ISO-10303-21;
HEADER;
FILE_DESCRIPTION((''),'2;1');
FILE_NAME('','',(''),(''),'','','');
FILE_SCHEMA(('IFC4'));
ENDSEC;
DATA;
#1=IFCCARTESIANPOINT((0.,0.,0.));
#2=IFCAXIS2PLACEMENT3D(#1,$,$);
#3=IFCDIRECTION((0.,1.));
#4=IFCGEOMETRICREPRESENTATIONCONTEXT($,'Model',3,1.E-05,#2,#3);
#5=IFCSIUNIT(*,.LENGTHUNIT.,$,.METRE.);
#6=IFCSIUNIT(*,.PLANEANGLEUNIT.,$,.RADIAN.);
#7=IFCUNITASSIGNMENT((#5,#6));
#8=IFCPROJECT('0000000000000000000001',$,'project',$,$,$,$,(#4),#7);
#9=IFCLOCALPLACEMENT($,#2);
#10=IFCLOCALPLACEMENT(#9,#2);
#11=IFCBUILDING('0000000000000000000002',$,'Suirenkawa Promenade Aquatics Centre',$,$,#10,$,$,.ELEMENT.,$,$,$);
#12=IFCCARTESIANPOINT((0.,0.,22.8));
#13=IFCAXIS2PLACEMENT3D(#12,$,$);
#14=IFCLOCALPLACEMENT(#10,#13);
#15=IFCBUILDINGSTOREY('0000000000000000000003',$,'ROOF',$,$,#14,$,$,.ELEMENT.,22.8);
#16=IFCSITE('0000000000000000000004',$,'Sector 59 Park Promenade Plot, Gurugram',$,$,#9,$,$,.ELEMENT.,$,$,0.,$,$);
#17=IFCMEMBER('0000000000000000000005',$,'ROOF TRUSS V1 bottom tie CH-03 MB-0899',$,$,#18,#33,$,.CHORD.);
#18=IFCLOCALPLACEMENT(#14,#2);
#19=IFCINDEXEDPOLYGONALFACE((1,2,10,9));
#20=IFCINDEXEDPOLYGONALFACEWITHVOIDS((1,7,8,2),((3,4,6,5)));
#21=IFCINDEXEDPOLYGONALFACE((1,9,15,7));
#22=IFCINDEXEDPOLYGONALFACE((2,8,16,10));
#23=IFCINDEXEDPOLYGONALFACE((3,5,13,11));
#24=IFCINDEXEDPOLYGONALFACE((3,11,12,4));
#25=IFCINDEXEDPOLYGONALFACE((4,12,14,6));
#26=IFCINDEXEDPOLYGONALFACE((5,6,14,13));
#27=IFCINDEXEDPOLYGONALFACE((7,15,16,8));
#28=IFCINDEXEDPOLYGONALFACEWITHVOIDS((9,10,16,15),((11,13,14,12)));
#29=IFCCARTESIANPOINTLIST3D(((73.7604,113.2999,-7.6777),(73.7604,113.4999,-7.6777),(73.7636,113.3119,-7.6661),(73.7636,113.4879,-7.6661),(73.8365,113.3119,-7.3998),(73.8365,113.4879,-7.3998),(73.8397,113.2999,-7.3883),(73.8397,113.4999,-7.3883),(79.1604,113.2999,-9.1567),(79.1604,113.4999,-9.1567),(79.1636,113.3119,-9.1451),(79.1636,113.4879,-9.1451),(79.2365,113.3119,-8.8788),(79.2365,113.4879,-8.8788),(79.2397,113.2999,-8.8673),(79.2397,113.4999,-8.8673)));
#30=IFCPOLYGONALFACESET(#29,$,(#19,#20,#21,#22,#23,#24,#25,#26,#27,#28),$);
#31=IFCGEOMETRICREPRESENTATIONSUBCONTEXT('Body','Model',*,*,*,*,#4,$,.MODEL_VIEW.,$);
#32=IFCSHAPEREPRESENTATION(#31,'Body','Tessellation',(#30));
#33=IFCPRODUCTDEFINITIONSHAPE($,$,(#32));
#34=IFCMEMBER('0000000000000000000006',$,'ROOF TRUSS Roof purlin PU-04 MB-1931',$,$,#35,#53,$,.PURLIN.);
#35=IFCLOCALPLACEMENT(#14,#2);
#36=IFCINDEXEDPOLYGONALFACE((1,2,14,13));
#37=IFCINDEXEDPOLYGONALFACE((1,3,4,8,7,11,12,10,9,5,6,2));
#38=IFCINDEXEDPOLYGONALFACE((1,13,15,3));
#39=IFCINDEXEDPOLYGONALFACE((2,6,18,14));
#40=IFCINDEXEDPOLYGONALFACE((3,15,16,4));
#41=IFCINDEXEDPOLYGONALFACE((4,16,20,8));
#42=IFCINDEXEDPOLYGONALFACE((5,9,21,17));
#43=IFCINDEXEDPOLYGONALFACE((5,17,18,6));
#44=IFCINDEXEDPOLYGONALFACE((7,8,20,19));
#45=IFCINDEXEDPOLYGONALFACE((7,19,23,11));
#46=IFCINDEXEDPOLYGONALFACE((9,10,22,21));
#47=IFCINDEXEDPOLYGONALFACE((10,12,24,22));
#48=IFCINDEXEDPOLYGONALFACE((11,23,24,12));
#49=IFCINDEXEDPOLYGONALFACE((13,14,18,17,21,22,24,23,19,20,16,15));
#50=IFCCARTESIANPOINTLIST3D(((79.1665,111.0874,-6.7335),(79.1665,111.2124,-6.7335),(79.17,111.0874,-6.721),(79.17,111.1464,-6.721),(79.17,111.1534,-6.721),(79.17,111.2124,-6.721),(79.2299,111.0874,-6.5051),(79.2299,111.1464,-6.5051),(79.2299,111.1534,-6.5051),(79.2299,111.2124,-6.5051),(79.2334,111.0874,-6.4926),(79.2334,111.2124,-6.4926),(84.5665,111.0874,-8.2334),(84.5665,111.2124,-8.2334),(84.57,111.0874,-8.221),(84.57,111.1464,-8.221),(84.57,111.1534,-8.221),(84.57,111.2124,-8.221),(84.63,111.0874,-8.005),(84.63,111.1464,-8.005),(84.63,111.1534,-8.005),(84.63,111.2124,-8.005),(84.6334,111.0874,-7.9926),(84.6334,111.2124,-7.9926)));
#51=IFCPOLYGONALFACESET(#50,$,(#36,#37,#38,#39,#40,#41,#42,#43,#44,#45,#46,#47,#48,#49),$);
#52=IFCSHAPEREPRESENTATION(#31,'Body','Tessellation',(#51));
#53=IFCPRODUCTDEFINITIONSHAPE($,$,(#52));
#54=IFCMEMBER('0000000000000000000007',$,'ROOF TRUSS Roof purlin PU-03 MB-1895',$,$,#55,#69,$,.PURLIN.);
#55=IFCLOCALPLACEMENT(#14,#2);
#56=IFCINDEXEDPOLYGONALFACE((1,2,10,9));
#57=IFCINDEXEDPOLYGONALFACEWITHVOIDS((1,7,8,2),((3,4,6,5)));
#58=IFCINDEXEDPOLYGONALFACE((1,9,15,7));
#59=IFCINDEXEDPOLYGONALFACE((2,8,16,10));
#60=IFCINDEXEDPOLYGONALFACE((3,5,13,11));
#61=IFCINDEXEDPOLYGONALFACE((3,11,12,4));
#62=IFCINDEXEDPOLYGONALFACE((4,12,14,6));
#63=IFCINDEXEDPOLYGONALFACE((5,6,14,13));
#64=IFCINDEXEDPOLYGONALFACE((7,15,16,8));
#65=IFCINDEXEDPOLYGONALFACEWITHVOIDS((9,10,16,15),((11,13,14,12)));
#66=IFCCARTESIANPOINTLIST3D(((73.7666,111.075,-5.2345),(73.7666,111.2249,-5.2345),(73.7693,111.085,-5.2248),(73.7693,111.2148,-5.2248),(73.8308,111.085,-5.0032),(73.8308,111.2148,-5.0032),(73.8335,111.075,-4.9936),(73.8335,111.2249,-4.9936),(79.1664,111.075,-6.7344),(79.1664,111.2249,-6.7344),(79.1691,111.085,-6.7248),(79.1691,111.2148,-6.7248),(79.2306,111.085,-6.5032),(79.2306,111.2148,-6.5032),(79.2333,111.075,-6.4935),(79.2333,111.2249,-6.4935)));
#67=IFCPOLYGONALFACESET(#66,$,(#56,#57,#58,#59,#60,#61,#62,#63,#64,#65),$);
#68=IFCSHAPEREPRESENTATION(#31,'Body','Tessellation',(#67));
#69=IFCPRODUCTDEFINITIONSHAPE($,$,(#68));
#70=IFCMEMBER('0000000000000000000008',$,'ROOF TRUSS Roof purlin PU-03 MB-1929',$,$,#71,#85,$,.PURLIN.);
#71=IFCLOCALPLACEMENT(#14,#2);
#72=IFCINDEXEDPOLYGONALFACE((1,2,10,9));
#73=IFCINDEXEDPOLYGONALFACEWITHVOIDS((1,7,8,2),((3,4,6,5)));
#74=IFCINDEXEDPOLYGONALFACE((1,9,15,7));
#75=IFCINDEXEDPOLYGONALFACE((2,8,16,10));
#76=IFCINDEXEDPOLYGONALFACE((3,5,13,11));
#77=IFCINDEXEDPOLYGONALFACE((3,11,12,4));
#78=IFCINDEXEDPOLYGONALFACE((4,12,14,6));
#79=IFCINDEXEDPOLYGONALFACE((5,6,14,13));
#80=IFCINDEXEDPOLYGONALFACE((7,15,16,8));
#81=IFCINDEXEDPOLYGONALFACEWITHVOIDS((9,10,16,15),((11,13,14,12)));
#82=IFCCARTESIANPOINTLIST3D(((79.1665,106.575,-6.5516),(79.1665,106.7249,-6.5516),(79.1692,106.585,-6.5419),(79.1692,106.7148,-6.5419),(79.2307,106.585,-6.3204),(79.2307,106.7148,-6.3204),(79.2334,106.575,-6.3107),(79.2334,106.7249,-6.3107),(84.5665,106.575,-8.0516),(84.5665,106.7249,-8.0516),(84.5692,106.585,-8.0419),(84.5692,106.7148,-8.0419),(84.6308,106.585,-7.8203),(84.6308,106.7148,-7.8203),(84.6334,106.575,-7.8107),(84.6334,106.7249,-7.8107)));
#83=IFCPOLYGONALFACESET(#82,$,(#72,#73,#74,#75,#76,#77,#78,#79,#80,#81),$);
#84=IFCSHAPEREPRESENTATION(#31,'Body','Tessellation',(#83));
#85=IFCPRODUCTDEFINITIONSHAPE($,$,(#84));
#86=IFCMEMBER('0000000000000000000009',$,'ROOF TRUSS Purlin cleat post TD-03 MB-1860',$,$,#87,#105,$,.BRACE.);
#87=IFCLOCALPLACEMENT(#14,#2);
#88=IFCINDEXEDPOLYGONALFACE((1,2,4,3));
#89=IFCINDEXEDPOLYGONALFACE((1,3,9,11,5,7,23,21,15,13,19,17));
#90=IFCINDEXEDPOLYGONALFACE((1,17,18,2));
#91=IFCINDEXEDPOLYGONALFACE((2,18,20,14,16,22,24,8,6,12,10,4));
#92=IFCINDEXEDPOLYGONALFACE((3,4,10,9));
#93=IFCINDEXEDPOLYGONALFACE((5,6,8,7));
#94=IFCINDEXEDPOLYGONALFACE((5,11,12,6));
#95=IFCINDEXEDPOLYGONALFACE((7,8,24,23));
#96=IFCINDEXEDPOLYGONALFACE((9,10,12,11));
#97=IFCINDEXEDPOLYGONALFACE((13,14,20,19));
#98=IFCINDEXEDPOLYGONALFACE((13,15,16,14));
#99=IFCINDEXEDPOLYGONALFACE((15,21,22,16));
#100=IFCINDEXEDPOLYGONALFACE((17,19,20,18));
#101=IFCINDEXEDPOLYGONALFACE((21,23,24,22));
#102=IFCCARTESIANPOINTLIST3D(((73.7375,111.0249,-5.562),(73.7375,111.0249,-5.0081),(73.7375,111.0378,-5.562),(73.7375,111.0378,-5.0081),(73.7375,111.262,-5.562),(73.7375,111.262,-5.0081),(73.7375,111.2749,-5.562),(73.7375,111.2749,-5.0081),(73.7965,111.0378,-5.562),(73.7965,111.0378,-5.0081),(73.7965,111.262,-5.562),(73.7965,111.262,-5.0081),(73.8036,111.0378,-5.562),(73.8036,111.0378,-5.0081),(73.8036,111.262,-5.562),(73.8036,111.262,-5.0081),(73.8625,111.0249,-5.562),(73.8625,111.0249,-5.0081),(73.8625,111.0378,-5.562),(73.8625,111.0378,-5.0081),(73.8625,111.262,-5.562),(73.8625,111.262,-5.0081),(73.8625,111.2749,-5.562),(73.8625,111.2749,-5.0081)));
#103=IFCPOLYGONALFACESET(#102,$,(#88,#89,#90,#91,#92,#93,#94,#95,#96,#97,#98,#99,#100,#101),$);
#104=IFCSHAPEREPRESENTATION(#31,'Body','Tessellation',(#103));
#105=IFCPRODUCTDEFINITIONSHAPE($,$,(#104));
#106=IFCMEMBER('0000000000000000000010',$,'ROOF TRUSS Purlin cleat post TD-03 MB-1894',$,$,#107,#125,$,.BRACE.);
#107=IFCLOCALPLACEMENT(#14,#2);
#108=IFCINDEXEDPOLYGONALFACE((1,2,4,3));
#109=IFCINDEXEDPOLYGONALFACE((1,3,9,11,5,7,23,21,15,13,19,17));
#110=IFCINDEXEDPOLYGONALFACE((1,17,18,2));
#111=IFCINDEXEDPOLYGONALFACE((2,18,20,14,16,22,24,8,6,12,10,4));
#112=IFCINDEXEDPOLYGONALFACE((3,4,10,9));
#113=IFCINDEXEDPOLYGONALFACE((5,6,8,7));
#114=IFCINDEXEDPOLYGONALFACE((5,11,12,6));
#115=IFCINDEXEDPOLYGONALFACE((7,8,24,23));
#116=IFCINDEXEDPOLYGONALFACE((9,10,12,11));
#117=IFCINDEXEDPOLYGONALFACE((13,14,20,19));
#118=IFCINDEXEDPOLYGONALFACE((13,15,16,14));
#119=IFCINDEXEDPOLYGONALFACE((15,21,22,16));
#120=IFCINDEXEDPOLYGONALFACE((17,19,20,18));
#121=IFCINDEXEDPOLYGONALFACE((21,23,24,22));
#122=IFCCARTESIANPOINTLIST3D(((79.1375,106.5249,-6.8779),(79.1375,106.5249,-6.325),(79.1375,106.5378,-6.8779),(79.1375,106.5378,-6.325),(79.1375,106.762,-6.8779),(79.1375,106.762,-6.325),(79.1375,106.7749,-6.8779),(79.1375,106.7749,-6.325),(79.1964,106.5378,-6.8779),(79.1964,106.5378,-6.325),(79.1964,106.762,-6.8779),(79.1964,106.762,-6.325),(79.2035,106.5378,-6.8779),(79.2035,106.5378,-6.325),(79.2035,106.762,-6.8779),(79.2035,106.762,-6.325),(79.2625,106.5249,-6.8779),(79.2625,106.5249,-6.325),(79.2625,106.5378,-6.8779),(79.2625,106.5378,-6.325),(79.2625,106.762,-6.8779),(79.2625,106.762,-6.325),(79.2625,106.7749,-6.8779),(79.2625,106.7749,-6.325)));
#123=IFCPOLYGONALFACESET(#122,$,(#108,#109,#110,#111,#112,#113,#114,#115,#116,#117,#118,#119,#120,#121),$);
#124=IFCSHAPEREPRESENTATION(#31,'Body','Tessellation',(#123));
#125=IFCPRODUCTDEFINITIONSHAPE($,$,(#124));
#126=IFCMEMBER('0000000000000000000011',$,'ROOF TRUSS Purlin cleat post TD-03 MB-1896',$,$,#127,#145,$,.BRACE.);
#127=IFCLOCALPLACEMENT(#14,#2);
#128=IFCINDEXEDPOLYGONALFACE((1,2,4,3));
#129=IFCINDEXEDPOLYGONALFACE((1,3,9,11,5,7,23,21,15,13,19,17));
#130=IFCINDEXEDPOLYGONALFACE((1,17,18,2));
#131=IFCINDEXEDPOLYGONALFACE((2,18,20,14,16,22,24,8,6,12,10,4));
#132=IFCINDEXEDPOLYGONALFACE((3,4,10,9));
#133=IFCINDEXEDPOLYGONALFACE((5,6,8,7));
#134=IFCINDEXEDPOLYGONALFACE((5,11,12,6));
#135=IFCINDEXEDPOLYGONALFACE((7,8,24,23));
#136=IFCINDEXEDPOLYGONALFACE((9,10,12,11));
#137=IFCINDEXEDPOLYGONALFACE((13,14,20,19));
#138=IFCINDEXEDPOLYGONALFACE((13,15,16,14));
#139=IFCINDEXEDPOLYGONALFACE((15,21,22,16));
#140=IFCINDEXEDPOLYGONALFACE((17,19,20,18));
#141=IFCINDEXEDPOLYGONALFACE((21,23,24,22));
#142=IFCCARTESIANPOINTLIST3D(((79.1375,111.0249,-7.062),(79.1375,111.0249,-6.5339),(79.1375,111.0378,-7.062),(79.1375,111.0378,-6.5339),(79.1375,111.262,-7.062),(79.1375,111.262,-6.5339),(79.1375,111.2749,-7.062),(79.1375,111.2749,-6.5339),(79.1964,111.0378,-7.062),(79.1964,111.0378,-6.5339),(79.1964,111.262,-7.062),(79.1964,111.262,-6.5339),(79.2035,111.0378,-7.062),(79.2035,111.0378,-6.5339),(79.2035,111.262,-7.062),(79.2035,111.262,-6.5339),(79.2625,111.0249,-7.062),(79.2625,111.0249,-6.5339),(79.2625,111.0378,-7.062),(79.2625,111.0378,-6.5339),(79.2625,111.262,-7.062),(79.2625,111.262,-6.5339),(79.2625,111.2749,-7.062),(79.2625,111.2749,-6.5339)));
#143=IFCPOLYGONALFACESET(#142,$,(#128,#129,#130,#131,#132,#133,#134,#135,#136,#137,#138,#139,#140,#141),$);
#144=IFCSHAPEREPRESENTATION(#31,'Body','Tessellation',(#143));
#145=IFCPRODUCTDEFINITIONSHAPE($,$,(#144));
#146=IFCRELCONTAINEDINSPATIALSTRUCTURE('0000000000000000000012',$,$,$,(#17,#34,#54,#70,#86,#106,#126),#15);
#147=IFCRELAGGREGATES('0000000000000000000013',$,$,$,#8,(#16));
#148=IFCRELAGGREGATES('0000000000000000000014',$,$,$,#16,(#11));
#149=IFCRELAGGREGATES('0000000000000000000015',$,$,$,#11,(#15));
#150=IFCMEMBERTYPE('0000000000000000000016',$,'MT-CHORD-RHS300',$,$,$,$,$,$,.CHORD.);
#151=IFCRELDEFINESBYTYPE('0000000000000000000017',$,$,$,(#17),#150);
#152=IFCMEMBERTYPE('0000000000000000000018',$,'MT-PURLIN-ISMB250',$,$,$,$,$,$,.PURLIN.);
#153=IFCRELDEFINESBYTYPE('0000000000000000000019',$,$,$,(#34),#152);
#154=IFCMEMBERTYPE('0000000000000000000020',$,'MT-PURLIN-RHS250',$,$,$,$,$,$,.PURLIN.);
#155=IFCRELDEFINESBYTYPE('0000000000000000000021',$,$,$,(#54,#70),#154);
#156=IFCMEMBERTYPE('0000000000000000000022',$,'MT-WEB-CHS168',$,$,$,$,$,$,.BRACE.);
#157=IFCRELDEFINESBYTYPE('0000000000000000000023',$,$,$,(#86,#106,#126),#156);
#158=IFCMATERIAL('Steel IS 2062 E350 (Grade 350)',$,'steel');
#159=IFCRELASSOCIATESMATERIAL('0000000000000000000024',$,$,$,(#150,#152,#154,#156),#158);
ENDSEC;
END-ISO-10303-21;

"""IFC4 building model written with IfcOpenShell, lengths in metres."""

from ifc_helpers import new_model, si_unit, direction, frame, origin, origin_2d, place, context, subcontext, project, spatial, hollow_rectangle, i_section, extrude, material, material_profile, profile_set, type_object, element, save


model = new_model("IFC4")

# Units and contexts
model_context = context("Model", 3, precision=1e-05, world=origin(), true_north=direction((0.0, 1.0)))
body_context = subcontext(model_context, "Body", "Model", "MODEL_VIEW")
ifc_project = project(units=[si_unit("LENGTHUNIT", "METRE"), si_unit("PLANEANGLEUNIT", "RADIAN")], contexts=[model_context])

# Site, building, storey
site_placement = place(None, origin())
site = spatial("IfcSite", under=ifc_project, at=site_placement, Name="Sector 59 Park Promenade Plot, Gurugram", CompositionType="ELEMENT", RefElevation=0.0)
building_placement = place(site_placement, origin())
building = spatial("IfcBuilding", under=site, at=building_placement, Name="Suirenkawa Promenade Aquatics Centre", CompositionType="ELEMENT")
storey_placement = place(building_placement, frame((0.0, 0.0, 22.8)))
storey = spatial("IfcBuildingStorey", under=building, at=storey_placement, Name="ROOF", CompositionType="ELEMENT", Elevation=22.8)

# Shared definitions
ifc_material = material(Name="Steel IS 2062 E350 (Grade 350)", Category="steel")

# Members
ifc_material_profile_1 = material_profile(ifc_material, hollow_rectangle(XDim=0.2, YDim=0.3, WallThickness=0.012, at=origin_2d()), Name="RHS 300x200x12", Category="steel")
ifc_profile_set_1 = profile_set([ifc_material_profile_1], Name="Steel IS 2062 E350 (Grade 350)")
member_type_1 = type_object("IfcMemberType", Name="MT-CHORD-RHS300", PredefinedType="CHORD", material=ifc_profile_set_1)
member_1_placement = place(storey_placement, frame((73.8, 113.3999, -7.533), z_axis=(0.964477, 0.0, -0.264165), x_axis=(0.0, 1.0, 0.0)))
element("IfcMember", 1, at=member_1_placement, inside=storey, type_object=member_type_1, Name="ROOF TRUSS V1 bottom tie CH-03 MB-0899", PredefinedType="CHORD", context=body_context, shape_type="SweptSolid", body=[
    extrude(hollow_rectangle(XDim=0.2, YDim=0.3, WallThickness=0.012, at=origin_2d()), origin(), (0.0, 0.0, 1.0), 5.5989),
])
ifc_material_profile_2 = material_profile(ifc_material, i_section(OverallWidth=0.125, OverallDepth=0.25, WebThickness=0.0071, FlangeThickness=0.0129, at=origin_2d()), Name="ISMB 250", Category="steel")
ifc_profile_set_2 = profile_set([ifc_material_profile_2], Name="Steel IS 2062 E350 (Grade 350)")
member_type_2 = type_object("IfcMemberType", Name="MT-PURLIN-ISMB250", PredefinedType="PURLIN", material=ifc_profile_set_2)
member_2_placement = place(storey_placement, frame((79.2, 111.1499, -6.613), z_axis=(0.96352, 0.0, -0.267637), x_axis=(0.0, 1.0, 0.0)))
element("IfcMember", 2, at=member_2_placement, inside=storey, type_object=member_type_2, Name="ROOF TRUSS Roof purlin PU-04 MB-1931", PredefinedType="PURLIN", context=body_context, shape_type="SweptSolid", body=[
    extrude(i_section(OverallWidth=0.125, OverallDepth=0.25, WebThickness=0.0071, FlangeThickness=0.0129, at=origin_2d()), origin(), (0.0, 0.0, 1.0), 5.6045),
])
ifc_material_profile_3 = material_profile(ifc_material, hollow_rectangle(XDim=0.1499, YDim=0.25, WallThickness=0.01, at=origin_2d()), Name="RHS 250x150x10", Category="steel")
ifc_profile_set_3 = profile_set([ifc_material_profile_3], Name="Steel IS 2062 E350 (Grade 350)")
member_type_3 = type_object("IfcMemberType", Name="MT-PURLIN-RHS250", PredefinedType="PURLIN", material=ifc_profile_set_3)
member_3_placement = place(storey_placement, frame((73.8, 111.1499, -5.114), z_axis=(0.963517, 0.0, -0.267648), x_axis=(0.0, 1.0, 0.0)))
element("IfcMember", 3, at=member_3_placement, inside=storey, type_object=member_type_3, Name="ROOF TRUSS Roof purlin PU-03 MB-1895", PredefinedType="PURLIN", context=body_context, shape_type="SweptSolid", body=[
    extrude(hollow_rectangle(XDim=0.1499, YDim=0.25, WallThickness=0.01, at=origin_2d()), origin(), (0.0, 0.0, 1.0), 5.6042),
])
member_4_placement = place(storey_placement, frame((79.2, 106.6499, -6.4312), z_axis=(0.96352, 0.0, -0.267637), x_axis=(0.0, 1.0, 0.0)))
element("IfcMember", 4, at=member_4_placement, inside=storey, type_object=member_type_3, Name="ROOF TRUSS Roof purlin PU-03 MB-1929", PredefinedType="PURLIN", context=body_context, shape_type="SweptSolid", body=[
    extrude(hollow_rectangle(XDim=0.1499, YDim=0.25, WallThickness=0.01, at=origin_2d()), origin(), (0.0, 0.0, 1.0), 5.6045),
])
ifc_material_profile_4 = material_profile(ifc_material, i_section(OverallWidth=0.125, OverallDepth=0.25, WebThickness=0.0071, FlangeThickness=0.0129, at=origin_2d()), Name="ISMB 250", Category="steel")
ifc_profile_set_4 = profile_set([ifc_material_profile_4], Name="Steel IS 2062 E350 (Grade 350)")
member_type_4 = type_object("IfcMemberType", Name="MT-WEB-CHS168", PredefinedType="BRACE", material=ifc_profile_set_4)
member_5_placement = place(storey_placement, frame((73.8, 111.1499, -5.562), z_axis=(0.0, 0.0, 1.0), x_axis=(1.0, 0.0, 0.0)))
element("IfcMember", 5, at=member_5_placement, inside=storey, type_object=member_type_4, Name="ROOF TRUSS Purlin cleat post TD-03 MB-1860", PredefinedType="BRACE", context=body_context, shape_type="SweptSolid", body=[
    extrude(i_section(OverallWidth=0.125, OverallDepth=0.25, WebThickness=0.0071, FlangeThickness=0.0129, at=origin_2d()), origin(), (0.0, 0.0, 1.0), 0.554),
])
member_6_placement = place(storey_placement, frame((79.2, 106.6499, -6.8779), z_axis=(0.0, 0.0, 1.0), x_axis=(1.0, 0.0, 0.0)))
element("IfcMember", 6, at=member_6_placement, inside=storey, type_object=member_type_4, Name="ROOF TRUSS Purlin cleat post TD-03 MB-1894", PredefinedType="BRACE", context=body_context, shape_type="SweptSolid", body=[
    extrude(i_section(OverallWidth=0.125, OverallDepth=0.25, WebThickness=0.0071, FlangeThickness=0.0129, at=origin_2d()), origin(), (0.0, 0.0, 1.0), 0.553),
])
member_7_placement = place(storey_placement, frame((79.2, 111.1499, -7.062), z_axis=(0.0, 0.0, 1.0), x_axis=(1.0, 0.0, 0.0)))
element("IfcMember", 7, at=member_7_placement, inside=storey, type_object=member_type_4, Name="ROOF TRUSS Purlin cleat post TD-03 MB-1896", PredefinedType="BRACE", context=body_context, shape_type="SweptSolid", body=[
    extrude(i_section(OverallWidth=0.125, OverallDepth=0.25, WebThickness=0.0071, FlangeThickness=0.0129, at=origin_2d()), origin(), (0.0, 0.0, 1.0), 0.5281),
])

save(model, "model.ifc")
